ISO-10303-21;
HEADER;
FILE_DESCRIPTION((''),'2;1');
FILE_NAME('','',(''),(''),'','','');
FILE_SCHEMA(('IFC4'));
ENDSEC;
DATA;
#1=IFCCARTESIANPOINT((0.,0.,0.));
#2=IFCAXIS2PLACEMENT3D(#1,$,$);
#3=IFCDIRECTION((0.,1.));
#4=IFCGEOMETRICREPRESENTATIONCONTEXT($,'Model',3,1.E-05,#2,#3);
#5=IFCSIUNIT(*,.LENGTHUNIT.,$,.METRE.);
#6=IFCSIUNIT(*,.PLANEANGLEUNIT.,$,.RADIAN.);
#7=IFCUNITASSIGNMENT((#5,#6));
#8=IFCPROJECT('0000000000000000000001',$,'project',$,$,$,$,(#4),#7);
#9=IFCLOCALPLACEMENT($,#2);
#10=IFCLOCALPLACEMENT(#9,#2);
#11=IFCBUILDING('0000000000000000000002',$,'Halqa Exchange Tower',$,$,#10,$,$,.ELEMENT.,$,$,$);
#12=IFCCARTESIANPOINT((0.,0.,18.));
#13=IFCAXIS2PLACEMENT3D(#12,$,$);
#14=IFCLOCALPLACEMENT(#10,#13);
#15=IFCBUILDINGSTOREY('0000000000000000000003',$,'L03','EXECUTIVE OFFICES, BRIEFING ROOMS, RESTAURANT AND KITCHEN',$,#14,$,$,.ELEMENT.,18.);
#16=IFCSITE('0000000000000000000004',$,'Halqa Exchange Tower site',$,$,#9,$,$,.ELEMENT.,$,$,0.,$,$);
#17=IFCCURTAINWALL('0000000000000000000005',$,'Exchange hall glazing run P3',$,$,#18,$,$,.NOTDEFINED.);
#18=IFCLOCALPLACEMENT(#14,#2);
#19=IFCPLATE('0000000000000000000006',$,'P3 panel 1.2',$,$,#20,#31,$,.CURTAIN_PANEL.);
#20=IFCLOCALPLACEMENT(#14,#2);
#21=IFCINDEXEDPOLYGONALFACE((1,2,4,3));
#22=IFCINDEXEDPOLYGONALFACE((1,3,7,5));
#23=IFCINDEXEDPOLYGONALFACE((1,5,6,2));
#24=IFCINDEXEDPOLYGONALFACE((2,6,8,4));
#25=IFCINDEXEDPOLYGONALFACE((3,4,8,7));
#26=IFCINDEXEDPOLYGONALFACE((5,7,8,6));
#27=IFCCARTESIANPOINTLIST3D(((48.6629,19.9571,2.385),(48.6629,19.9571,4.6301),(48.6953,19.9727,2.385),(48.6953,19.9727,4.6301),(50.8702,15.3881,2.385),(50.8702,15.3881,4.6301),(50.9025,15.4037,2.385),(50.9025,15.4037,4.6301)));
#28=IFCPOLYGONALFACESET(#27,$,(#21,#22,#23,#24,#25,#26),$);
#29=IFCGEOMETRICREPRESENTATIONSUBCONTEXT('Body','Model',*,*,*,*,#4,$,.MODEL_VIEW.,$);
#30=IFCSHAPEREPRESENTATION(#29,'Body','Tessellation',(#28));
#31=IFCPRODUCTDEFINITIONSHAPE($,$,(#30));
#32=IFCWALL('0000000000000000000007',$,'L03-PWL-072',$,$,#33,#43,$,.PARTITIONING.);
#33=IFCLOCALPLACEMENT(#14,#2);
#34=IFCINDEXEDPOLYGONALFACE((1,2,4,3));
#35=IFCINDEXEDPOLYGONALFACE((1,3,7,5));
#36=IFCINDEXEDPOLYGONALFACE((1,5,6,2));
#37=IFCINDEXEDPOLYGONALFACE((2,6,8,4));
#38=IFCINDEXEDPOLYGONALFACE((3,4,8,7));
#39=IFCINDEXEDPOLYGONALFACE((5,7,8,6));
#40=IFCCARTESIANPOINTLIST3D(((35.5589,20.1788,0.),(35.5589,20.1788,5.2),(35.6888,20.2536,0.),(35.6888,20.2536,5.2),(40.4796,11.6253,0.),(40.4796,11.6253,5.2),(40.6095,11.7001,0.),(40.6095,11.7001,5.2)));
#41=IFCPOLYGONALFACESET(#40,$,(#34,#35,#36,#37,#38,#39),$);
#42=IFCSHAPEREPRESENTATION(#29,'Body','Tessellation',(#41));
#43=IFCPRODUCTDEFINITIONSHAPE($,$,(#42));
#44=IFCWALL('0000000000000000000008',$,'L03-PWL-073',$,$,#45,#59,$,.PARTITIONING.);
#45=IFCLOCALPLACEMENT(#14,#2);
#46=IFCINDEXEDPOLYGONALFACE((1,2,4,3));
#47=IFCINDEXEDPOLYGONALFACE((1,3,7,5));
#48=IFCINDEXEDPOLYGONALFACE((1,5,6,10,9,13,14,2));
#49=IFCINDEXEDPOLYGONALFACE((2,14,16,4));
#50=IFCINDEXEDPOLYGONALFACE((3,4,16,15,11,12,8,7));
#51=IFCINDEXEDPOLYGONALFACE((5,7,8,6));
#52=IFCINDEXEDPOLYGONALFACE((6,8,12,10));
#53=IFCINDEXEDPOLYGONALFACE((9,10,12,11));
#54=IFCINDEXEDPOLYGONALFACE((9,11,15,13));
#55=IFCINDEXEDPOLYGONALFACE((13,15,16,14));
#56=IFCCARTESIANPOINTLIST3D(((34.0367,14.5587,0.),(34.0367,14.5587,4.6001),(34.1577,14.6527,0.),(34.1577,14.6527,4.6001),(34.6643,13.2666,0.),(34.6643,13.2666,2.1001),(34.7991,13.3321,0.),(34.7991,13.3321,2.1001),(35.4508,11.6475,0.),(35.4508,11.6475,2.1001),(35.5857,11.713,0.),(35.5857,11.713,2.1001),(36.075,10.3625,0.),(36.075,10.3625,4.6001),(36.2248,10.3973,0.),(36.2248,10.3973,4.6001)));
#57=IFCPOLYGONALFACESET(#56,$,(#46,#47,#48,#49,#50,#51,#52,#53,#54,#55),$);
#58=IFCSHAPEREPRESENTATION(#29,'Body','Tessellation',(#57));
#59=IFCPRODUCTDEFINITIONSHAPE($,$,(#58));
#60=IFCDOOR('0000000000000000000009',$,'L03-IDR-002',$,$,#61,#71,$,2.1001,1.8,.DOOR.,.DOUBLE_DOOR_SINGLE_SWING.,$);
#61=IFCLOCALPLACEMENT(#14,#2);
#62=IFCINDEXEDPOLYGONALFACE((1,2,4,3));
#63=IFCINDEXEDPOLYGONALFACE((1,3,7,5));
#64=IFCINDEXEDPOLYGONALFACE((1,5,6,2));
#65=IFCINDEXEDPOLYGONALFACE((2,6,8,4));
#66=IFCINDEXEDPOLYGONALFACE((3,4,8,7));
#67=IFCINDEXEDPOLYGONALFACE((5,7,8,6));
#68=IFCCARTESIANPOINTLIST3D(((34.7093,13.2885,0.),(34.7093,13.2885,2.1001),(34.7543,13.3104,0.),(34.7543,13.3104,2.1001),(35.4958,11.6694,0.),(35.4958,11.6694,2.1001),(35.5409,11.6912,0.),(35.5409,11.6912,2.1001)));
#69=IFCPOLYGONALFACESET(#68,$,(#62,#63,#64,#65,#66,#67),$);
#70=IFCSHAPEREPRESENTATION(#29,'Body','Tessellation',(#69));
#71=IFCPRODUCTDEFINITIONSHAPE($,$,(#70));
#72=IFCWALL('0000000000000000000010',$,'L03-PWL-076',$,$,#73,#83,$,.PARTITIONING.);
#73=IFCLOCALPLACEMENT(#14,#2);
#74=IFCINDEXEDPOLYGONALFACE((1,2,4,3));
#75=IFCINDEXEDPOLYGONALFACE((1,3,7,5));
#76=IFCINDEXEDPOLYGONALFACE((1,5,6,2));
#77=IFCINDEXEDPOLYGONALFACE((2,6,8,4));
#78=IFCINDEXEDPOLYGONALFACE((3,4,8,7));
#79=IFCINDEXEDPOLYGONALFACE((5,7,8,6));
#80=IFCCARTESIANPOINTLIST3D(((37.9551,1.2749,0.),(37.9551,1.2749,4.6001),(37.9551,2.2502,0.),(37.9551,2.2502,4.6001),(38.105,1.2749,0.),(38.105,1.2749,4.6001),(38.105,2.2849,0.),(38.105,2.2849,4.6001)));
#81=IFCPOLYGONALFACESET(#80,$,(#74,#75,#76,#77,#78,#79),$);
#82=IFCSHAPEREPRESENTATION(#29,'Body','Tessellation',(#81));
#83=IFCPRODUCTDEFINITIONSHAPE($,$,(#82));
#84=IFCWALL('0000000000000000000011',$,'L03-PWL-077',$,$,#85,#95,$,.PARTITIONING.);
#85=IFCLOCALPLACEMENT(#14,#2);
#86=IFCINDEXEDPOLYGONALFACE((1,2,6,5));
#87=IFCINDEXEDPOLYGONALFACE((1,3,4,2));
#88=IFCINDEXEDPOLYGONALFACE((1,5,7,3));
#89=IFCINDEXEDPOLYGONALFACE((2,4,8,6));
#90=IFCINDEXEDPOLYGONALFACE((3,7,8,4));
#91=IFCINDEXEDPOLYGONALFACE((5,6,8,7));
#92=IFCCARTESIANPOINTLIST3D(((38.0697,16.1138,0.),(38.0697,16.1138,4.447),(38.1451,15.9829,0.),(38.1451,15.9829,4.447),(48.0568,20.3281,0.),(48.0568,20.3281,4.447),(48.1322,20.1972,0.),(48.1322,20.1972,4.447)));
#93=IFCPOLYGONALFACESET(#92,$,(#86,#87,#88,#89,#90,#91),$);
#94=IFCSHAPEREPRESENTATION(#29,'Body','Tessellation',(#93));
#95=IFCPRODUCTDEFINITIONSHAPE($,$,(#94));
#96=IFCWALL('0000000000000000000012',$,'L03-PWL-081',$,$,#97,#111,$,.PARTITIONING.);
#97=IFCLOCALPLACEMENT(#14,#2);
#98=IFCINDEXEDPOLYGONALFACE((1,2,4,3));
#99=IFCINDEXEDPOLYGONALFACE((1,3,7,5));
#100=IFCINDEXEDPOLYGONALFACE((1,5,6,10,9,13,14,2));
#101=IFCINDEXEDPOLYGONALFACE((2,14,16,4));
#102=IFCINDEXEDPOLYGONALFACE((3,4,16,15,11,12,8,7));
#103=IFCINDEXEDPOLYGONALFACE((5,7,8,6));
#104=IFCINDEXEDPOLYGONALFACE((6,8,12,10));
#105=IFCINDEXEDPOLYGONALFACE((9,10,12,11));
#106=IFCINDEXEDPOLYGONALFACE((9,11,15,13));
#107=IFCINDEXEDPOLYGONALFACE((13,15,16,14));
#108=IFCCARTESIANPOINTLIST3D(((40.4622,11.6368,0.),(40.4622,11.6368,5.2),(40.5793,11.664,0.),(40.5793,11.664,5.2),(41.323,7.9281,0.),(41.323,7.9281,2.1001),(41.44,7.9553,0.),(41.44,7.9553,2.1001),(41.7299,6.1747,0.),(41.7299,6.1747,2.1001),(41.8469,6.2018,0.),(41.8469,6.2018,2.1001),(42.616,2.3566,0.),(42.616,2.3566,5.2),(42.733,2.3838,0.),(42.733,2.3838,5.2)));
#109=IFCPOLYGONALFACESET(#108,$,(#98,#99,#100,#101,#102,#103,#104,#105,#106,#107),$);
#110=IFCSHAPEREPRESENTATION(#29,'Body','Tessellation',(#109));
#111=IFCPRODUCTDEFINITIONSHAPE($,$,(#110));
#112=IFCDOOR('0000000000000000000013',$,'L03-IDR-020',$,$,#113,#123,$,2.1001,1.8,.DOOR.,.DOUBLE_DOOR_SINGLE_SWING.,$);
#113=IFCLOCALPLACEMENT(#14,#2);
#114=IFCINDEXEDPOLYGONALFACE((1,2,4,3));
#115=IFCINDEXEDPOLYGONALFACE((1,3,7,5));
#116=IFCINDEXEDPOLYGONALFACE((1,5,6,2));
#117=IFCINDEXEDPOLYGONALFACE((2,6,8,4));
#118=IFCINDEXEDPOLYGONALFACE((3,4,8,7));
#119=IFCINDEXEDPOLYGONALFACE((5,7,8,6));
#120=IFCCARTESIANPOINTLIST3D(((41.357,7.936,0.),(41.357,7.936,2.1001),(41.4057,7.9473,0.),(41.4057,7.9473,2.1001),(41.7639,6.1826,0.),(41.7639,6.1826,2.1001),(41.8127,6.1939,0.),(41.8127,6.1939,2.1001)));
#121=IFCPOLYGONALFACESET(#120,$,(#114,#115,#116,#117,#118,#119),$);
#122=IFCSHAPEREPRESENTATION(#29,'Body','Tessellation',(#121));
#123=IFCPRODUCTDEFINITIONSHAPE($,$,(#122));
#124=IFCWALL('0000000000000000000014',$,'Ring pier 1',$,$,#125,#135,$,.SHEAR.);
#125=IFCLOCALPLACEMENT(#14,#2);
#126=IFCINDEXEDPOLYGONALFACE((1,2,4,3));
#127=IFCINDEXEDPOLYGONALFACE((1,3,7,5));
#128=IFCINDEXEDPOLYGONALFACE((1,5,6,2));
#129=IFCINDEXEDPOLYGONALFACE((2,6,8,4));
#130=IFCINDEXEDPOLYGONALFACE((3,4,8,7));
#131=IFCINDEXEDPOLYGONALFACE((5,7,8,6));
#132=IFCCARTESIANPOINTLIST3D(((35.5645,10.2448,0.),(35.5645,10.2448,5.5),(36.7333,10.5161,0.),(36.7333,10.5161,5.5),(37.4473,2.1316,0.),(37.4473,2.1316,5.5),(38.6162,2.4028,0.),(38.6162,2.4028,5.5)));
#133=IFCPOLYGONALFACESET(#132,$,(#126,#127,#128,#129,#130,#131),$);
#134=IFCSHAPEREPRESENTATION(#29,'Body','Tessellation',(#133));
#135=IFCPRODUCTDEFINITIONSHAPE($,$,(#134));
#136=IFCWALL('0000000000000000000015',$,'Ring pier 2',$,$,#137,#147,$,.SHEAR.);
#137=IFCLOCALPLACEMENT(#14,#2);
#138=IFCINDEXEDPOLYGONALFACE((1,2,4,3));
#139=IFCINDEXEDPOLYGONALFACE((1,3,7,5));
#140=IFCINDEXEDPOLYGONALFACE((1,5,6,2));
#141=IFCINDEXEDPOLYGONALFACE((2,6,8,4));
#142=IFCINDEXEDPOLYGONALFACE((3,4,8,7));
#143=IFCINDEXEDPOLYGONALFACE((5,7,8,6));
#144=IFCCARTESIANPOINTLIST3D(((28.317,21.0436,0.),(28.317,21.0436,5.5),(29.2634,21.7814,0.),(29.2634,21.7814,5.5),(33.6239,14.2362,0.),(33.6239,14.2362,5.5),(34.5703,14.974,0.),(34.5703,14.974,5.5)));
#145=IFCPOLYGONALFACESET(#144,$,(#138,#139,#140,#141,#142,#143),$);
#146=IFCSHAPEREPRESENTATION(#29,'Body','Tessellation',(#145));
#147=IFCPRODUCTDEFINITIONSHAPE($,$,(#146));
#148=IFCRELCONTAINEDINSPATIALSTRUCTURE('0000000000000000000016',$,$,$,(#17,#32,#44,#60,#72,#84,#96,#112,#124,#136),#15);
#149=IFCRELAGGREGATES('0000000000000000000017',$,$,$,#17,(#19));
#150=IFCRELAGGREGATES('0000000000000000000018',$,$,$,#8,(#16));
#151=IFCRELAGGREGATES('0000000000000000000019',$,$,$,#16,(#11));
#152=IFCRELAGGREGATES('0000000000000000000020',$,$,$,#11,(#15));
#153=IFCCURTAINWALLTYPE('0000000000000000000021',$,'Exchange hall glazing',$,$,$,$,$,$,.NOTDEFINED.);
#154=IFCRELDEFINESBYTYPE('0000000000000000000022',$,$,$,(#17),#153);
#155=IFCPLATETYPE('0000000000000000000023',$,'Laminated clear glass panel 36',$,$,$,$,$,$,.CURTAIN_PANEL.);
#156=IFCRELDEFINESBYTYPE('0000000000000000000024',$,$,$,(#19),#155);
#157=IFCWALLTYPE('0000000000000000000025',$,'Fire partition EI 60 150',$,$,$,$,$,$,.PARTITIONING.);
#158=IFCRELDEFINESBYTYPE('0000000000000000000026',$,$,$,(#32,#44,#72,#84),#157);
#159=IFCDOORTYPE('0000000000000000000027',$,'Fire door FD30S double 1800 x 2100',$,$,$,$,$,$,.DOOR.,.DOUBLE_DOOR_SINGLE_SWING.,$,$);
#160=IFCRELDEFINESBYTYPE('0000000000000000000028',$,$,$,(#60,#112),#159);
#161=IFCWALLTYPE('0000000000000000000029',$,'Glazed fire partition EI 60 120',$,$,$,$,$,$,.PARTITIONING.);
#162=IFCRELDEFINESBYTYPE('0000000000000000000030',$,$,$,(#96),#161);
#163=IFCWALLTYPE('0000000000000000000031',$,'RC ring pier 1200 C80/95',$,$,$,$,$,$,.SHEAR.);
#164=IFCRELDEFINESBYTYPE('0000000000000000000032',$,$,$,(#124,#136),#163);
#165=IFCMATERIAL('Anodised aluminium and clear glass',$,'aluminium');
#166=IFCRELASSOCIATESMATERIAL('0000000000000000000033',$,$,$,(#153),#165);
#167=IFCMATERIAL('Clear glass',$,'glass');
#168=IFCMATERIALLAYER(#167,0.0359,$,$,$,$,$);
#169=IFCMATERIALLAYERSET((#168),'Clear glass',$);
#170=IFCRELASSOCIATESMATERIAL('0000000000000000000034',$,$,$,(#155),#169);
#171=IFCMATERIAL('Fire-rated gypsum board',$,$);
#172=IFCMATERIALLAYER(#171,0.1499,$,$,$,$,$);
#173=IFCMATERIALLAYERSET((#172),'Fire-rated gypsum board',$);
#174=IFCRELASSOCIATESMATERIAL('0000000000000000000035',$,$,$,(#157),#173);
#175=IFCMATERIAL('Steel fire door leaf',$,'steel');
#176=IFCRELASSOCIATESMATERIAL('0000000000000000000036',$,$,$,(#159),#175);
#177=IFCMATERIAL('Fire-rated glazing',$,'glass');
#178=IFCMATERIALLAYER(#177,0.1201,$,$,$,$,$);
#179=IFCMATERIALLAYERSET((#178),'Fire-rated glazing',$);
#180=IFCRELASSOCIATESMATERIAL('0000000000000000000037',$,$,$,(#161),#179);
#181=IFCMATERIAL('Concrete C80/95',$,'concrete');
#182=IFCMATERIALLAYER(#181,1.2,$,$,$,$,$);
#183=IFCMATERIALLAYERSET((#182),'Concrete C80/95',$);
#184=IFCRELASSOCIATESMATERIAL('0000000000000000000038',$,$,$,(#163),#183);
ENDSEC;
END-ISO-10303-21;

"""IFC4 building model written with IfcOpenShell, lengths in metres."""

from ifc_helpers import new_model, si_unit, direction, frame, frame_2d, origin, origin_2d, place, context, subcontext, project, spatial, polyline, rectangle, outline, extrude, material, layer, layer_set, type_object, element, fill, aggregate, save


model = new_model("IFC4")

# Units and contexts
model_context = context("Model", 3, precision=1e-05, world=origin(), true_north=direction((0.0, 1.0)))
body_context = subcontext(model_context, "Body", "Model", "MODEL_VIEW")
ifc_project = project(units=[si_unit("LENGTHUNIT", "METRE"), si_unit("PLANEANGLEUNIT", "RADIAN")], contexts=[model_context])

# Site, building, storey
site_placement = place(None, origin())
site = spatial("IfcSite", under=ifc_project, at=site_placement, Name="Halqa Exchange Tower site", CompositionType="ELEMENT", RefElevation=0.0)
building_placement = place(site_placement, origin())
building = spatial("IfcBuilding", under=site, at=building_placement, Name="Halqa Exchange Tower", CompositionType="ELEMENT")
storey_placement = place(building_placement, frame((0.0, 0.0, 18.0)))
storey = spatial("IfcBuildingStorey", under=building, at=storey_placement, Name="L03", Description="EXECUTIVE OFFICES, BRIEFING ROOMS, RESTAURANT AND KITCHEN", CompositionType="ELEMENT", Elevation=18.0)

# Curtain wall
ifc_material_1 = material(Name="Anodised aluminium and clear glass", Category="aluminium")
curtain_wall_type = type_object("IfcCurtainWallType", Name="Exchange hall glazing", PredefinedType="NOTDEFINED", material=ifc_material_1)
curtain_wall_1_placement = place(storey_placement, origin())
curtain_wall_1 = element("IfcCurtainWall", 1, at=curtain_wall_1_placement, inside=storey, type_object=curtain_wall_type, Name="Exchange hall glazing run P3", PredefinedType="NOTDEFINED")

# Plate
ifc_material_2 = material(Name="Clear glass", Category="glass")
ifc_layer_1 = layer(ifc_material_2, 0.0359)
ifc_layer_set_1 = layer_set([ifc_layer_1], Name="Clear glass")
plate_type = type_object("IfcPlateType", Name="Laminated clear glass panel 36", PredefinedType="CURTAIN_PANEL", material=ifc_layer_set_1)
plate_1_placement = place(storey_placement, frame((49.7827, 17.6804, 2.385), z_axis=(0.0, 0.0, 1.0), x_axis=(-0.43499, 0.900435, 0.0)))
plate_1 = element("IfcPlate", 2, at=plate_1_placement, type_object=plate_type, Name="P3 panel 1.2", PredefinedType="CURTAIN_PANEL", context=body_context, shape_type="SweptSolid", body=[
    extrude(rectangle(XDim=5.0742, YDim=0.0359, at=origin_2d()), origin(), (0.0, 0.0, 1.0), 2.2451),
])
aggregate(curtain_wall_1, [plate_1])

# Wall
ifc_material_3 = material(Name="Fire-rated gypsum board")
ifc_layer_2 = layer(ifc_material_3, 0.1499)
ifc_layer_set_2 = layer_set([ifc_layer_2], Name="Fire-rated gypsum board")
wall_type_1 = type_object("IfcWallType", Name="Fire partition EI 60 150", PredefinedType="PARTITIONING", material=ifc_layer_set_2)
wall_1_placement = place(storey_placement, frame((35.6238, 20.2163, 0.0), z_axis=(0.0, 0.0, 1.0), x_axis=(0.498655, -0.866801, 0.0)))
element("IfcWall", 3, at=wall_1_placement, inside=storey, type_object=wall_type_1, Name="L03-PWL-072", PredefinedType="PARTITIONING", context=body_context, shape_type="SweptSolid", body=[
    extrude(rectangle(XDim=9.8679, YDim=0.1499, at=frame_2d((4.9341, 0.0))), origin(), (0.0, 0.0, 1.0), 5.2),
])

# Wall, opening, door
wall_2_placement = place(storey_placement, frame((36.1499, 10.3799, 0.0), z_axis=(0.0, 0.0, 1.0), x_axis=(-0.436936, 0.899492, 0.0)))
wall_2 = element("IfcWall", 4, at=wall_2_placement, inside=storey, type_object=wall_type_1, Name="L03-PWL-073", PredefinedType="PARTITIONING", context=body_context, shape_type="SweptSolid", body=[
    extrude(outline(polyline([(-0.0171, -0.075), (4.7139, -0.075), (4.6821, 0.075), (0.0171, 0.075), (-0.0171, -0.075)])), origin(), (0.0, 0.0, 1.0), 4.6001),
])
opening_1_placement = place(wall_2_placement, frame((1.4458, 0.0, 0.0)))
opening_1 = element("IfcOpeningElement", 5, at=opening_1_placement, cuts=wall_2, PredefinedType="OPENING", context=body_context, shape_type="SweptSolid", body=[
    extrude(rectangle(XDim=1.8, YDim=2.1001, at=frame_2d((0.8999, 1.05))), frame((0.0, 0.0869, 0.0), z_axis=(0.0, -1.0, 0.0), x_axis=(1.0, 0.0, 0.0)), (0.0, 0.0, 1.0), 0.1738),
])
ifc_material_4 = material(Name="Steel fire door leaf", Category="steel")
door_type = type_object("IfcDoorType", Name="Fire door FD30S double 1800 x 2100", OperationType="DOUBLE_DOOR_SINGLE_SWING", PredefinedType="DOOR", material=ifc_material_4)
door_1_placement = place(opening_1_placement, origin())
door_1 = element("IfcDoor", 6, at=door_1_placement, inside=storey, type_object=door_type, Name="L03-IDR-002", OperationType="DOUBLE_DOOR_SINGLE_SWING", OverallHeight=2.1001, OverallWidth=1.8, PredefinedType="DOOR", context=body_context, shape_type="SweptSolid", body=[
    extrude(rectangle(XDim=1.8, YDim=2.1001, at=frame_2d((0.8999, 1.05))), frame((0.0, 0.0249, 0.0), z_axis=(0.0, -1.0, 0.0), x_axis=(1.0, 0.0, 0.0)), (0.0, 0.0, 1.0), 0.05),
])
fill(opening_1, door_1)

# Walls
wall_3_placement = place(storey_placement, frame((38.03, 1.2749, 0.0), z_axis=(0.0, 0.0, 1.0), x_axis=(0.0, 1.0, 0.0)))
element("IfcWall", 7, at=wall_3_placement, inside=storey, type_object=wall_type_1, Name="L03-PWL-076", PredefinedType="PARTITIONING", context=body_context, shape_type="SweptSolid", body=[
    extrude(outline(polyline([(0.0, -0.075), (1.01, -0.075), (0.9753, 0.075), (0.0, 0.075), (0.0, -0.075)])), origin(), (0.0, 0.0, 1.0), 4.6001),
])
wall_4_placement = place(storey_placement, frame((38.1074, 16.0483, 0.0), z_axis=(0.0, 0.0, 1.0), x_axis=(0.921329, 0.388784, 0.0)))
element("IfcWall", 8, at=wall_4_placement, inside=storey, type_object=wall_type_1, Name="L03-PWL-077", PredefinedType="PARTITIONING", context=body_context, shape_type="SweptSolid", body=[
    extrude(outline(polyline([(0.0093, -0.075), (10.8491, -0.075), (10.8306, 0.075), (-0.0093, 0.075), (0.0093, -0.075)])), origin(), (0.0, 0.0, 1.0), 4.447),
])

# Wall, opening, door
ifc_material_5 = material(Name="Fire-rated glazing", Category="glass")
ifc_layer_3 = layer(ifc_material_5, 0.1201)
ifc_layer_set_3 = layer_set([ifc_layer_3], Name="Fire-rated glazing")
wall_type_2 = type_object("IfcWallType", Name="Glazed fire partition EI 60 120", PredefinedType="PARTITIONING", material=ifc_layer_set_3)
wall_5_placement = place(storey_placement, frame((40.5208, 11.6504, 0.0), z_axis=(0.0, 0.0, 1.0), x_axis=(0.226076, -0.97411, 0.0)))
wall_5 = element("IfcWall", 9, at=wall_5_placement, inside=storey, type_object=wall_type_2, Name="L03-PWL-081", PredefinedType="PARTITIONING", context=body_context, shape_type="SweptSolid", body=[
    extrude(rectangle(XDim=9.5269, YDim=0.1201, at=frame_2d((4.7634, 0.0))), origin(), (0.0, 0.0, 1.0), 5.2),
])
opening_2_placement = place(wall_5_placement, frame((3.8074, 0.0, 0.0)))
opening_2 = element("IfcOpeningElement", 10, at=opening_2_placement, cuts=wall_5, PredefinedType="OPENING", context=body_context, shape_type="SweptSolid", body=[
    extrude(rectangle(XDim=1.8, YDim=2.1001, at=frame_2d((0.8999, 1.05))), frame((0.0, 0.072, 0.0), z_axis=(0.0, -1.0, 0.0), x_axis=(1.0, 0.0, 0.0)), (0.0, 0.0, 1.0), 0.144),
])
door_2_placement = place(opening_2_placement, origin())
door_2 = element("IfcDoor", 11, at=door_2_placement, inside=storey, type_object=door_type, Name="L03-IDR-020", OperationType="DOUBLE_DOOR_SINGLE_SWING", OverallHeight=2.1001, OverallWidth=1.8, PredefinedType="DOOR", context=body_context, shape_type="SweptSolid", body=[
    extrude(rectangle(XDim=1.8, YDim=2.1001, at=frame_2d((0.8999, 1.05))), frame((0.0, 0.0249, 0.0), z_axis=(0.0, -1.0, 0.0), x_axis=(1.0, 0.0, 0.0)), (0.0, 0.0, 1.0), 0.05),
])
fill(opening_2, door_2)

# Walls
ifc_material_6 = material(Name="Concrete C80/95", Category="concrete")
ifc_layer_4 = layer(ifc_material_6, 1.2)
ifc_layer_set_4 = layer_set([ifc_layer_4], Name="Concrete C80/95")
wall_type_3 = type_object("IfcWallType", Name="RC ring pier 1200 C80/95", PredefinedType="SHEAR", material=ifc_layer_set_4)
wall_6_placement = place(storey_placement, frame((38.0317, 2.2671, 0.0), z_axis=(0.0, 0.0, 1.0), x_axis=(-0.226058, 0.974114, 0.0)))
element("IfcWall", 12, at=wall_6_placement, inside=storey, type_object=wall_type_3, Name="Ring pier 1", PredefinedType="SHEAR", context=body_context, shape_type="SweptSolid", body=[
    extrude(rectangle(XDim=8.3289, YDim=1.2, at=frame_2d((4.1646, 0.0))), origin(), (0.0, 0.0, 1.0), 5.5),
])
wall_7_placement = place(storey_placement, frame((34.0972, 14.605, 0.0), z_axis=(0.0, 0.0, 1.0), x_axis=(-0.614825, 0.788663, 0.0)))
element("IfcWall", 13, at=wall_7_placement, inside=storey, type_object=wall_type_3, Name="Ring pier 2", PredefinedType="SHEAR", context=body_context, shape_type="SweptSolid", body=[
    extrude(rectangle(XDim=8.6316, YDim=1.2, at=frame_2d((4.3159, 0.0))), origin(), (0.0, 0.0, 1.0), 5.5),
])

save(model, "model.ifc")
